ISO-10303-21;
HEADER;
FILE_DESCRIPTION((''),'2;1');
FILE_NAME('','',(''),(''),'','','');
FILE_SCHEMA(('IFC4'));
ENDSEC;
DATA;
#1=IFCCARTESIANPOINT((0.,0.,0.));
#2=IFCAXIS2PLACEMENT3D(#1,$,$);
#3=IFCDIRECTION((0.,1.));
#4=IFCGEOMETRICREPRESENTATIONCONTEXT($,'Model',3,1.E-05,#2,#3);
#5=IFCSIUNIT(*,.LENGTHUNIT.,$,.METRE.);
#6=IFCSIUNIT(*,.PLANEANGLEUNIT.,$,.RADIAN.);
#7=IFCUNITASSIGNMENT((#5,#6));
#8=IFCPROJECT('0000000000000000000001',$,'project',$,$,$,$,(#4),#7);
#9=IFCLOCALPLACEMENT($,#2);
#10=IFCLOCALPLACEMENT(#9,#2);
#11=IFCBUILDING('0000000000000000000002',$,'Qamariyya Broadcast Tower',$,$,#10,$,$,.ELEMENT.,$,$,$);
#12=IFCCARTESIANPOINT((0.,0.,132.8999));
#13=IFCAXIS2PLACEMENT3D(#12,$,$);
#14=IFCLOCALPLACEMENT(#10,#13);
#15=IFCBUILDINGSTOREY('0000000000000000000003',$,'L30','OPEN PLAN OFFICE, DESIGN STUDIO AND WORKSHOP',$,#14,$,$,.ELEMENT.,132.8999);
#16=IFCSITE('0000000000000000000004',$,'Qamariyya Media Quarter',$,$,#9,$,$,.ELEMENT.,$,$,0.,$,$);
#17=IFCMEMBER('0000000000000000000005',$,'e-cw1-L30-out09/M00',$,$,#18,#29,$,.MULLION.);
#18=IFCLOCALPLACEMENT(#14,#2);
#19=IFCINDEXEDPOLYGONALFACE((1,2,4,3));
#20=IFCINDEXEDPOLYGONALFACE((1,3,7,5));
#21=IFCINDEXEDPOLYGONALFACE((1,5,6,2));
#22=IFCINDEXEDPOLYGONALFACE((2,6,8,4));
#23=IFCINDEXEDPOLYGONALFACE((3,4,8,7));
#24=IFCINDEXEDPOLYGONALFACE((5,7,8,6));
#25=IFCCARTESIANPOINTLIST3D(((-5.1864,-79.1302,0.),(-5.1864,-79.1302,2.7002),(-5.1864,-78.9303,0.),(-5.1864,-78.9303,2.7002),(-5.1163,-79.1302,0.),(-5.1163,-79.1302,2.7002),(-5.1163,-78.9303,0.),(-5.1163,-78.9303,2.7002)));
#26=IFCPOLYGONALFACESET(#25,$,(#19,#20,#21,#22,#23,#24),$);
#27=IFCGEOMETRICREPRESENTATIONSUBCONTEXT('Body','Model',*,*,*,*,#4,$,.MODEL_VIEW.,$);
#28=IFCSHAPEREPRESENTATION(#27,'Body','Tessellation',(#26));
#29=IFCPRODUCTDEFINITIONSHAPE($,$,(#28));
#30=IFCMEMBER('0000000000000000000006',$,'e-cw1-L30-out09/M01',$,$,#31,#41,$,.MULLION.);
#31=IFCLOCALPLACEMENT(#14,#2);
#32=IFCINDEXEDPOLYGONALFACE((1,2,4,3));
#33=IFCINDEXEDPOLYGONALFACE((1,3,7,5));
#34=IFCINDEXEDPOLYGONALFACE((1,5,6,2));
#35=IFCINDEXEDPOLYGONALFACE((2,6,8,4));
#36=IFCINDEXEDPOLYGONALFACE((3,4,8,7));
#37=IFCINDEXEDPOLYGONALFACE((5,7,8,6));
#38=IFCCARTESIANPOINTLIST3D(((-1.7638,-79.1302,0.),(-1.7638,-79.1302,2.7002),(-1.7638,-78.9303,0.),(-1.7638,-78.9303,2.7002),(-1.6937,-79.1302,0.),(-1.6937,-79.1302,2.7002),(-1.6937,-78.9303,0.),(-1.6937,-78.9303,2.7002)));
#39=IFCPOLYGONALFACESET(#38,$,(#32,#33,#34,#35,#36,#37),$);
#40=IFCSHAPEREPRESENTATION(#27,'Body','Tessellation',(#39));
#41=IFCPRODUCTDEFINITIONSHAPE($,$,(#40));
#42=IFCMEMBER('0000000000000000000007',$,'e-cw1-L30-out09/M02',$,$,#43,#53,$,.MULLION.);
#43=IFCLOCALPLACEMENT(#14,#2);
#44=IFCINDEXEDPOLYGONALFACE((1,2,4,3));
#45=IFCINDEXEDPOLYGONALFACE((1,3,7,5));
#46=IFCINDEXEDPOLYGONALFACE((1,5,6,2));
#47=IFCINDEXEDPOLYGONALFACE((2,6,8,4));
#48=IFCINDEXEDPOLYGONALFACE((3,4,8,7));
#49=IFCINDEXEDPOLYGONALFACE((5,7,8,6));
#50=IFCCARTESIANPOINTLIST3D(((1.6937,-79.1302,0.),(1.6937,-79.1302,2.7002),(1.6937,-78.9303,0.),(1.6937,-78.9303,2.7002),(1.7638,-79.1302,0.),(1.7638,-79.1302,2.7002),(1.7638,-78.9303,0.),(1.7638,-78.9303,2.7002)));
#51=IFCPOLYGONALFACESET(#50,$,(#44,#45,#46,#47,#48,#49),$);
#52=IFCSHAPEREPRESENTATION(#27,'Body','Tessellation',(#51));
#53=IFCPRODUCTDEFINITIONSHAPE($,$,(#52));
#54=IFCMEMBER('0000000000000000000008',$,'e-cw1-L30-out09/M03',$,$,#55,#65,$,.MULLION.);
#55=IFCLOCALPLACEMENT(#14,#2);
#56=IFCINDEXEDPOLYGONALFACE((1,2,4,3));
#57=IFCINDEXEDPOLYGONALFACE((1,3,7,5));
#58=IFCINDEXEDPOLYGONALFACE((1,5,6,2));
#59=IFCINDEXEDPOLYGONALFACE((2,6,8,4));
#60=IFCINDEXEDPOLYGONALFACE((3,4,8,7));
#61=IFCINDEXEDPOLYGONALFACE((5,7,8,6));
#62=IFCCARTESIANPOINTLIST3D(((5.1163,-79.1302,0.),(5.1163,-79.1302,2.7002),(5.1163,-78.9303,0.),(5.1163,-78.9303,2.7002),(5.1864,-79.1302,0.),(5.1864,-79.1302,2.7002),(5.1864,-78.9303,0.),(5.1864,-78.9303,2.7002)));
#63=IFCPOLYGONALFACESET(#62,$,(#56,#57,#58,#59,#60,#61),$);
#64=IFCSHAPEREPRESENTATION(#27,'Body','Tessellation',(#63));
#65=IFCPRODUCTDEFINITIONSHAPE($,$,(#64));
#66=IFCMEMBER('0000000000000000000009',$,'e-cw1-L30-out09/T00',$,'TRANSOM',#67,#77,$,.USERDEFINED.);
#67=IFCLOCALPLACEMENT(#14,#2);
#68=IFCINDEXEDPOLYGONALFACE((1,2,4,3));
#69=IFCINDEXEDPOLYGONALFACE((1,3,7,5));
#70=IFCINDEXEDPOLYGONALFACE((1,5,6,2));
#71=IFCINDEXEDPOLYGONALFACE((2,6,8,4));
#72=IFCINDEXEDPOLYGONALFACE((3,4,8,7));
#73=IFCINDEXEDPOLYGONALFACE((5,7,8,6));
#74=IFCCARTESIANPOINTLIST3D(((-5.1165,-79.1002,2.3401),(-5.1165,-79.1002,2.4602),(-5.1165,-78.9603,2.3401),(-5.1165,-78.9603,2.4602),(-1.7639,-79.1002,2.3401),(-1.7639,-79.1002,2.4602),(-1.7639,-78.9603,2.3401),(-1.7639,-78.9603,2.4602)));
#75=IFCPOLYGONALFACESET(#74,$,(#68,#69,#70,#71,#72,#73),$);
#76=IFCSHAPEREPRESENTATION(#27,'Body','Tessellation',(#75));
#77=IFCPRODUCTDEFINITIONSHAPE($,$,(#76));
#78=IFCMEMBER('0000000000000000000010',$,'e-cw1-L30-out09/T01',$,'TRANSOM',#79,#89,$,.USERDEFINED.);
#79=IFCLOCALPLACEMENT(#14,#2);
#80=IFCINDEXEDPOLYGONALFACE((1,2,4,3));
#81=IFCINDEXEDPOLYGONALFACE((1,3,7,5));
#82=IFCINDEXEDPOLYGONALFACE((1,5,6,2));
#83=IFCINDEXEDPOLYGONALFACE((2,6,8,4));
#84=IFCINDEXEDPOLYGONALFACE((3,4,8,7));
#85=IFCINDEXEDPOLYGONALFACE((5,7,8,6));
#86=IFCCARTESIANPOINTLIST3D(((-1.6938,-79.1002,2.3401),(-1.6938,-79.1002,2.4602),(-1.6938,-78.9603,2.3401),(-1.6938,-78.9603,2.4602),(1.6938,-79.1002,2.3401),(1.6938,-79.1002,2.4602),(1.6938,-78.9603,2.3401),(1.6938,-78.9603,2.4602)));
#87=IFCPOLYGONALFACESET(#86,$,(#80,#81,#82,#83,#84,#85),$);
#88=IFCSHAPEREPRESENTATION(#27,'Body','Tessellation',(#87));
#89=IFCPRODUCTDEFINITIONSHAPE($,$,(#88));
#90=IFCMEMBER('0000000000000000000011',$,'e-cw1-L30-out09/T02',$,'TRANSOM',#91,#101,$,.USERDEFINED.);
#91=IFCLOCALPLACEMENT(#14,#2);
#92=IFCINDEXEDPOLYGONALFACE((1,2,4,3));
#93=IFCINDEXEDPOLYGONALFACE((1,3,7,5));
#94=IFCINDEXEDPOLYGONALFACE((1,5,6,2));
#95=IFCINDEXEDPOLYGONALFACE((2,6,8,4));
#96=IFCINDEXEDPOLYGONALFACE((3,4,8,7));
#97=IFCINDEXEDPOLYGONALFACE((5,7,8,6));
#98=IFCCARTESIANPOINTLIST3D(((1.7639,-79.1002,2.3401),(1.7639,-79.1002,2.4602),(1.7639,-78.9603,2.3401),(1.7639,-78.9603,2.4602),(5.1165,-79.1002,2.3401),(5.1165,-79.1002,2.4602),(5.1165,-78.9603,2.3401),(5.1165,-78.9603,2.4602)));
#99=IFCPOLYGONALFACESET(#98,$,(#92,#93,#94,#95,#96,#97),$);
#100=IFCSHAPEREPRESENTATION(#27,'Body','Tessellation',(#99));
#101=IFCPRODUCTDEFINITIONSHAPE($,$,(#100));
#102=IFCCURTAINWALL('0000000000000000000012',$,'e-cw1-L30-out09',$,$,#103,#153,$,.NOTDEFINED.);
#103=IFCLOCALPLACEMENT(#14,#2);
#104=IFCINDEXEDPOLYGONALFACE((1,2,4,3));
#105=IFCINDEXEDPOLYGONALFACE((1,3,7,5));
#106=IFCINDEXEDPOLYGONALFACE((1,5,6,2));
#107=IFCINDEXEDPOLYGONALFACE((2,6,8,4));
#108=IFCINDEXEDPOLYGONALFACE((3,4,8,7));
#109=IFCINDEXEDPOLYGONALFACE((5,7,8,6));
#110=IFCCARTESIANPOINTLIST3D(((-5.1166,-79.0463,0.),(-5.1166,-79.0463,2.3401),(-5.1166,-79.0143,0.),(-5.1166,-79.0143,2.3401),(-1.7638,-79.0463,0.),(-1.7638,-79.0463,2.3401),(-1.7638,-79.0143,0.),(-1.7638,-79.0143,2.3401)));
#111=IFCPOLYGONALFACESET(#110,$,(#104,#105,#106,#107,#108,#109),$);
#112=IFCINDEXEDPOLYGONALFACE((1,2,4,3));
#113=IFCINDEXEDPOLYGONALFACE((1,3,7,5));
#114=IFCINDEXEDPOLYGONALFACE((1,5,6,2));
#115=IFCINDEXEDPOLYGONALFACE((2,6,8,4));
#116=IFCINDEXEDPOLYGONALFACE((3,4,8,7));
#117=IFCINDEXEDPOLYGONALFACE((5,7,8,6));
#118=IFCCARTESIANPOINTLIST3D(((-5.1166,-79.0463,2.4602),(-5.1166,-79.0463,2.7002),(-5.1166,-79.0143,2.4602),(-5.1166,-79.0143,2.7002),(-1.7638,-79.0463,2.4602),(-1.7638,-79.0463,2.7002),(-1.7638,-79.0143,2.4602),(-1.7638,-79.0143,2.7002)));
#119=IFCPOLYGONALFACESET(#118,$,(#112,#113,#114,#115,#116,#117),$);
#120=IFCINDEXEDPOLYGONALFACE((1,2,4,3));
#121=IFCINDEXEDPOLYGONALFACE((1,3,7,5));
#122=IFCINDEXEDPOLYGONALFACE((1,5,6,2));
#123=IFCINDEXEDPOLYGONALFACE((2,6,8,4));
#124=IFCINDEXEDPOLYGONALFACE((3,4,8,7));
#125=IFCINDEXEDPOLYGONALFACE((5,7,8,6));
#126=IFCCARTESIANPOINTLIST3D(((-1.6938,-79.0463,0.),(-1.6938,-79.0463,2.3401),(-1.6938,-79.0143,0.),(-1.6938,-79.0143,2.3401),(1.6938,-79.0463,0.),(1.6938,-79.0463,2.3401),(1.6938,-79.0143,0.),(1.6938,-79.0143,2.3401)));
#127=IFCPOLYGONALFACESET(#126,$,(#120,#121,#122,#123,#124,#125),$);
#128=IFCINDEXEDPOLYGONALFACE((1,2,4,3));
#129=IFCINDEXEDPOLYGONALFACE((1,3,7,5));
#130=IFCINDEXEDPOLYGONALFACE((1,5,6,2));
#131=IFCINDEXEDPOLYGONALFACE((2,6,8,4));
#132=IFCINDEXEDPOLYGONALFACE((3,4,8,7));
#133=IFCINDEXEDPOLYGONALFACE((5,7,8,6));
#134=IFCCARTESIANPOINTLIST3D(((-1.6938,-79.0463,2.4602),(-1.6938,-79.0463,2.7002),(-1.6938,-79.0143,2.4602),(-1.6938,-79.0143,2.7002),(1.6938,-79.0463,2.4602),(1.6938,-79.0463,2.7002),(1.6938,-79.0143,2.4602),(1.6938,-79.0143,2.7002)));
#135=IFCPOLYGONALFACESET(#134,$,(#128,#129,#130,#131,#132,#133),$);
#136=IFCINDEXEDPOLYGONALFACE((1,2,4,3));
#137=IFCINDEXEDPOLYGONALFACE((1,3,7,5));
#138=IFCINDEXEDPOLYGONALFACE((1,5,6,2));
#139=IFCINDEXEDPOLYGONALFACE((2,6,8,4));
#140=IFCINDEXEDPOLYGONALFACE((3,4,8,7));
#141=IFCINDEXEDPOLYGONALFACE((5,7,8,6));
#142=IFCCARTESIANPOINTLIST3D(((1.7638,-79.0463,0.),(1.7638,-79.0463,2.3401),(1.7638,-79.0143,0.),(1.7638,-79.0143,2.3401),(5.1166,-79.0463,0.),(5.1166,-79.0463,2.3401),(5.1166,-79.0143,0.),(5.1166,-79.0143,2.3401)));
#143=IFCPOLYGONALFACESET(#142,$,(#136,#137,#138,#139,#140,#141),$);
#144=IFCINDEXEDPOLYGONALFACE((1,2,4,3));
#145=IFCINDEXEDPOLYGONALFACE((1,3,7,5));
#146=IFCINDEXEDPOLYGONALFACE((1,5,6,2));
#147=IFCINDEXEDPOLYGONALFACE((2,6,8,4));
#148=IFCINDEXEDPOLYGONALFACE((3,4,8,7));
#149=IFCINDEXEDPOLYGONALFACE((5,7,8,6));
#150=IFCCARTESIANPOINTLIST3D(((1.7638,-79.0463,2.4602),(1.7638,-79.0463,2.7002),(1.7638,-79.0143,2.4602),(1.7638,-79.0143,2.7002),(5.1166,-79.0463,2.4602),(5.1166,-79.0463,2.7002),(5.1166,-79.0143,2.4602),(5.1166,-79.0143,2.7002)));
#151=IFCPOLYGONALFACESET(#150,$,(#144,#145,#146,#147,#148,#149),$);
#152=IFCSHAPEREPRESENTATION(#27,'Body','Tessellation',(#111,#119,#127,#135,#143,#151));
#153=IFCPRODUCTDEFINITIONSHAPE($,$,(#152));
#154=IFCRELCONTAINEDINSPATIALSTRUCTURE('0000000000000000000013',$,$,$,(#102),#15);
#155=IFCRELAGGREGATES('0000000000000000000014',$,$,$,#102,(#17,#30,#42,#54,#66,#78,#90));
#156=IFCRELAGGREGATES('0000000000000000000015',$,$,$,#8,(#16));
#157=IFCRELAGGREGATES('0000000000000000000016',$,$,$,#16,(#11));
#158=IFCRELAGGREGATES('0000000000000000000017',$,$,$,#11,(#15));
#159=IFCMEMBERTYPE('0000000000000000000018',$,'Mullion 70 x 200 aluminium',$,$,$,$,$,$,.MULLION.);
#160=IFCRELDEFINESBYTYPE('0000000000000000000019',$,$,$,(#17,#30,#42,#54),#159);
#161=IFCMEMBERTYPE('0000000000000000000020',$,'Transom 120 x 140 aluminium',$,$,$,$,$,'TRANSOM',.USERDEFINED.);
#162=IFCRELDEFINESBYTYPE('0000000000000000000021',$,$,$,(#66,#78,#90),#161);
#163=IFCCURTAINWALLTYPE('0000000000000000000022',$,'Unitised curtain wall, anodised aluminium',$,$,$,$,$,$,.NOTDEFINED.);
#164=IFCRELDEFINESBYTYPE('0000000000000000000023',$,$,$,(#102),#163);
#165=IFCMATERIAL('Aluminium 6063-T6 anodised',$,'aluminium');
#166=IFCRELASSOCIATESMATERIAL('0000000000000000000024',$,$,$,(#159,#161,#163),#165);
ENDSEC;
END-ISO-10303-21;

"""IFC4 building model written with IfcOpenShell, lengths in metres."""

from ifc_helpers import new_model, si_unit, direction, frame, origin, origin_2d, place, context, subcontext, project, spatial, rectangle, extrude, material, material_profile, profile_set, type_object, element, aggregate, save


model = new_model("IFC4")

# Units and contexts
model_context = context("Model", 3, precision=1e-05, world=origin(), true_north=direction((0.0, 1.0)))
body_context = subcontext(model_context, "Body", "Model", "MODEL_VIEW")
ifc_project = project(units=[si_unit("LENGTHUNIT", "METRE"), si_unit("PLANEANGLEUNIT", "RADIAN")], contexts=[model_context])

# Members
ifc_material = material(Name="Aluminium 6063-T6 anodised", Category="aluminium")
ifc_material_profile_1 = material_profile(ifc_material, rectangle(XDim=0.2, YDim=0.0701, at=origin_2d()))
ifc_profile_set_1 = profile_set([ifc_material_profile_1], Name="Aluminium 6063-T6 anodised")
member_type_1 = type_object("IfcMemberType", Name="Mullion 70 x 200 aluminium", PredefinedType="MULLION", material=ifc_profile_set_1)
site_placement = place(None, origin())
building_placement = place(site_placement, origin())
storey_placement = place(building_placement, frame((0.0, 0.0, 132.8999)))
member_1_placement = place(storey_placement, frame((-5.1514, -79.0303, 0.0), z_axis=(0.0, 0.0, 1.0), x_axis=(0.0, 1.0, 0.0)))
member_1 = element("IfcMember", 1, at=member_1_placement, type_object=member_type_1, Name="e-cw1-L30-out09/M00", PredefinedType="MULLION", context=body_context, shape_type="SweptSolid", body=[
    extrude(rectangle(XDim=0.2, YDim=0.0701, at=origin_2d()), origin(), (0.0, 0.0, 1.0), 2.7002),
])
member_2_placement = place(storey_placement, frame((-1.7288, -79.0303, 0.0), z_axis=(0.0, 0.0, 1.0), x_axis=(0.0, 1.0, 0.0)))
member_2 = element("IfcMember", 2, at=member_2_placement, type_object=member_type_1, Name="e-cw1-L30-out09/M01", PredefinedType="MULLION", context=body_context, shape_type="SweptSolid", body=[
    extrude(rectangle(XDim=0.2, YDim=0.0701, at=origin_2d()), origin(), (0.0, 0.0, 1.0), 2.7002),
])
member_3_placement = place(storey_placement, frame((1.7288, -79.0303, 0.0), z_axis=(0.0, 0.0, 1.0), x_axis=(0.0, 1.0, 0.0)))
member_3 = element("IfcMember", 3, at=member_3_placement, type_object=member_type_1, Name="e-cw1-L30-out09/M02", PredefinedType="MULLION", context=body_context, shape_type="SweptSolid", body=[
    extrude(rectangle(XDim=0.2, YDim=0.0701, at=origin_2d()), origin(), (0.0, 0.0, 1.0), 2.7002),
])
member_4_placement = place(storey_placement, frame((5.1514, -79.0303, 0.0), z_axis=(0.0, 0.0, 1.0), x_axis=(0.0, 1.0, 0.0)))
member_4 = element("IfcMember", 4, at=member_4_placement, type_object=member_type_1, Name="e-cw1-L30-out09/M03", PredefinedType="MULLION", context=body_context, shape_type="SweptSolid", body=[
    extrude(rectangle(XDim=0.2, YDim=0.0701, at=origin_2d()), origin(), (0.0, 0.0, 1.0), 2.7002),
])
ifc_material_profile_2 = material_profile(ifc_material, rectangle(XDim=0.1399, YDim=0.1201, at=origin_2d()))
ifc_profile_set_2 = profile_set([ifc_material_profile_2], Name="Aluminium 6063-T6 anodised")
member_type_2 = type_object("IfcMemberType", Name="Transom 120 x 140 aluminium", ElementType="TRANSOM", PredefinedType="USERDEFINED", material=ifc_profile_set_2)
member_5_placement = place(storey_placement, frame((-5.1165, -79.0303, 2.4001), z_axis=(1.0, 0.0, 0.0), x_axis=(0.0, 1.0, 0.0)))
member_5 = element("IfcMember", 5, at=member_5_placement, type_object=member_type_2, Name="e-cw1-L30-out09/T00", ObjectType="TRANSOM", PredefinedType="USERDEFINED", context=body_context, shape_type="SweptSolid", body=[
    extrude(rectangle(XDim=0.1399, YDim=0.1201, at=origin_2d()), origin(), (0.0, 0.0, 1.0), 3.3525),
])
member_6_placement = place(storey_placement, frame((-1.6938, -79.0303, 2.4001), z_axis=(1.0, 0.0, 0.0), x_axis=(0.0, 1.0, 0.0)))
member_6 = element("IfcMember", 6, at=member_6_placement, type_object=member_type_2, Name="e-cw1-L30-out09/T01", ObjectType="TRANSOM", PredefinedType="USERDEFINED", context=body_context, shape_type="SweptSolid", body=[
    extrude(rectangle(XDim=0.1399, YDim=0.1201, at=origin_2d()), origin(), (0.0, 0.0, 1.0), 3.3877),
])
member_7_placement = place(storey_placement, frame((1.7639, -79.0303, 2.4001), z_axis=(1.0, 0.0, 0.0), x_axis=(0.0, 1.0, 0.0)))
member_7 = element("IfcMember", 7, at=member_7_placement, type_object=member_type_2, Name="e-cw1-L30-out09/T02", ObjectType="TRANSOM", PredefinedType="USERDEFINED", context=body_context, shape_type="SweptSolid", body=[
    extrude(rectangle(XDim=0.1399, YDim=0.1201, at=origin_2d()), origin(), (0.0, 0.0, 1.0), 3.3525),
])

# Site, building, storey
site = spatial("IfcSite", under=ifc_project, at=site_placement, Name="Qamariyya Media Quarter", CompositionType="ELEMENT", RefElevation=0.0)
building = spatial("IfcBuilding", under=site, at=building_placement, Name="Qamariyya Broadcast Tower", CompositionType="ELEMENT")
storey = spatial("IfcBuildingStorey", under=building, at=storey_placement, Name="L30", Description="OPEN PLAN OFFICE, DESIGN STUDIO AND WORKSHOP", CompositionType="ELEMENT", Elevation=132.8999)

# Curtain wall
curtain_wall_type = type_object("IfcCurtainWallType", Name="Unitised curtain wall, anodised aluminium", PredefinedType="NOTDEFINED", material=ifc_material)
curtain_wall_1_placement = place(storey_placement, origin())
curtain_wall_1 = element("IfcCurtainWall", 8, at=curtain_wall_1_placement, inside=storey, type_object=curtain_wall_type, Name="e-cw1-L30-out09", PredefinedType="NOTDEFINED", context=body_context, shape_type="SweptSolid", body=[
    extrude(rectangle(XDim=3.3528, YDim=0.032, at=origin_2d()), frame((-3.4402, -79.0303, 0.0), x_axis=(1.0, 0.0, 0.0)), (0.0, 0.0, 1.0), 2.3401),
    extrude(rectangle(XDim=3.3528, YDim=0.032, at=origin_2d()), frame((-3.4402, -79.0303, 2.4602), x_axis=(1.0, 0.0, 0.0)), (0.0, 0.0, 1.0), 0.24),
    extrude(rectangle(XDim=3.3877, YDim=0.032, at=origin_2d()), frame((0.0, -79.0303, 0.0), x_axis=(1.0, 0.0, 0.0)), (0.0, 0.0, 1.0), 2.3401),
    extrude(rectangle(XDim=3.3877, YDim=0.032, at=origin_2d()), frame((0.0, -79.0303, 2.4602), x_axis=(1.0, 0.0, 0.0)), (0.0, 0.0, 1.0), 0.24),
    extrude(rectangle(XDim=3.3528, YDim=0.032, at=origin_2d()), frame((3.4402, -79.0303, 0.0), x_axis=(1.0, 0.0, 0.0)), (0.0, 0.0, 1.0), 2.3401),
    extrude(rectangle(XDim=3.3528, YDim=0.032, at=origin_2d()), frame((3.4402, -79.0303, 2.4602), x_axis=(1.0, 0.0, 0.0)), (0.0, 0.0, 1.0), 0.24),
])
aggregate(curtain_wall_1, [member_1, member_2, member_3, member_4, member_5, member_6, member_7])

save(model, "model.ifc")
